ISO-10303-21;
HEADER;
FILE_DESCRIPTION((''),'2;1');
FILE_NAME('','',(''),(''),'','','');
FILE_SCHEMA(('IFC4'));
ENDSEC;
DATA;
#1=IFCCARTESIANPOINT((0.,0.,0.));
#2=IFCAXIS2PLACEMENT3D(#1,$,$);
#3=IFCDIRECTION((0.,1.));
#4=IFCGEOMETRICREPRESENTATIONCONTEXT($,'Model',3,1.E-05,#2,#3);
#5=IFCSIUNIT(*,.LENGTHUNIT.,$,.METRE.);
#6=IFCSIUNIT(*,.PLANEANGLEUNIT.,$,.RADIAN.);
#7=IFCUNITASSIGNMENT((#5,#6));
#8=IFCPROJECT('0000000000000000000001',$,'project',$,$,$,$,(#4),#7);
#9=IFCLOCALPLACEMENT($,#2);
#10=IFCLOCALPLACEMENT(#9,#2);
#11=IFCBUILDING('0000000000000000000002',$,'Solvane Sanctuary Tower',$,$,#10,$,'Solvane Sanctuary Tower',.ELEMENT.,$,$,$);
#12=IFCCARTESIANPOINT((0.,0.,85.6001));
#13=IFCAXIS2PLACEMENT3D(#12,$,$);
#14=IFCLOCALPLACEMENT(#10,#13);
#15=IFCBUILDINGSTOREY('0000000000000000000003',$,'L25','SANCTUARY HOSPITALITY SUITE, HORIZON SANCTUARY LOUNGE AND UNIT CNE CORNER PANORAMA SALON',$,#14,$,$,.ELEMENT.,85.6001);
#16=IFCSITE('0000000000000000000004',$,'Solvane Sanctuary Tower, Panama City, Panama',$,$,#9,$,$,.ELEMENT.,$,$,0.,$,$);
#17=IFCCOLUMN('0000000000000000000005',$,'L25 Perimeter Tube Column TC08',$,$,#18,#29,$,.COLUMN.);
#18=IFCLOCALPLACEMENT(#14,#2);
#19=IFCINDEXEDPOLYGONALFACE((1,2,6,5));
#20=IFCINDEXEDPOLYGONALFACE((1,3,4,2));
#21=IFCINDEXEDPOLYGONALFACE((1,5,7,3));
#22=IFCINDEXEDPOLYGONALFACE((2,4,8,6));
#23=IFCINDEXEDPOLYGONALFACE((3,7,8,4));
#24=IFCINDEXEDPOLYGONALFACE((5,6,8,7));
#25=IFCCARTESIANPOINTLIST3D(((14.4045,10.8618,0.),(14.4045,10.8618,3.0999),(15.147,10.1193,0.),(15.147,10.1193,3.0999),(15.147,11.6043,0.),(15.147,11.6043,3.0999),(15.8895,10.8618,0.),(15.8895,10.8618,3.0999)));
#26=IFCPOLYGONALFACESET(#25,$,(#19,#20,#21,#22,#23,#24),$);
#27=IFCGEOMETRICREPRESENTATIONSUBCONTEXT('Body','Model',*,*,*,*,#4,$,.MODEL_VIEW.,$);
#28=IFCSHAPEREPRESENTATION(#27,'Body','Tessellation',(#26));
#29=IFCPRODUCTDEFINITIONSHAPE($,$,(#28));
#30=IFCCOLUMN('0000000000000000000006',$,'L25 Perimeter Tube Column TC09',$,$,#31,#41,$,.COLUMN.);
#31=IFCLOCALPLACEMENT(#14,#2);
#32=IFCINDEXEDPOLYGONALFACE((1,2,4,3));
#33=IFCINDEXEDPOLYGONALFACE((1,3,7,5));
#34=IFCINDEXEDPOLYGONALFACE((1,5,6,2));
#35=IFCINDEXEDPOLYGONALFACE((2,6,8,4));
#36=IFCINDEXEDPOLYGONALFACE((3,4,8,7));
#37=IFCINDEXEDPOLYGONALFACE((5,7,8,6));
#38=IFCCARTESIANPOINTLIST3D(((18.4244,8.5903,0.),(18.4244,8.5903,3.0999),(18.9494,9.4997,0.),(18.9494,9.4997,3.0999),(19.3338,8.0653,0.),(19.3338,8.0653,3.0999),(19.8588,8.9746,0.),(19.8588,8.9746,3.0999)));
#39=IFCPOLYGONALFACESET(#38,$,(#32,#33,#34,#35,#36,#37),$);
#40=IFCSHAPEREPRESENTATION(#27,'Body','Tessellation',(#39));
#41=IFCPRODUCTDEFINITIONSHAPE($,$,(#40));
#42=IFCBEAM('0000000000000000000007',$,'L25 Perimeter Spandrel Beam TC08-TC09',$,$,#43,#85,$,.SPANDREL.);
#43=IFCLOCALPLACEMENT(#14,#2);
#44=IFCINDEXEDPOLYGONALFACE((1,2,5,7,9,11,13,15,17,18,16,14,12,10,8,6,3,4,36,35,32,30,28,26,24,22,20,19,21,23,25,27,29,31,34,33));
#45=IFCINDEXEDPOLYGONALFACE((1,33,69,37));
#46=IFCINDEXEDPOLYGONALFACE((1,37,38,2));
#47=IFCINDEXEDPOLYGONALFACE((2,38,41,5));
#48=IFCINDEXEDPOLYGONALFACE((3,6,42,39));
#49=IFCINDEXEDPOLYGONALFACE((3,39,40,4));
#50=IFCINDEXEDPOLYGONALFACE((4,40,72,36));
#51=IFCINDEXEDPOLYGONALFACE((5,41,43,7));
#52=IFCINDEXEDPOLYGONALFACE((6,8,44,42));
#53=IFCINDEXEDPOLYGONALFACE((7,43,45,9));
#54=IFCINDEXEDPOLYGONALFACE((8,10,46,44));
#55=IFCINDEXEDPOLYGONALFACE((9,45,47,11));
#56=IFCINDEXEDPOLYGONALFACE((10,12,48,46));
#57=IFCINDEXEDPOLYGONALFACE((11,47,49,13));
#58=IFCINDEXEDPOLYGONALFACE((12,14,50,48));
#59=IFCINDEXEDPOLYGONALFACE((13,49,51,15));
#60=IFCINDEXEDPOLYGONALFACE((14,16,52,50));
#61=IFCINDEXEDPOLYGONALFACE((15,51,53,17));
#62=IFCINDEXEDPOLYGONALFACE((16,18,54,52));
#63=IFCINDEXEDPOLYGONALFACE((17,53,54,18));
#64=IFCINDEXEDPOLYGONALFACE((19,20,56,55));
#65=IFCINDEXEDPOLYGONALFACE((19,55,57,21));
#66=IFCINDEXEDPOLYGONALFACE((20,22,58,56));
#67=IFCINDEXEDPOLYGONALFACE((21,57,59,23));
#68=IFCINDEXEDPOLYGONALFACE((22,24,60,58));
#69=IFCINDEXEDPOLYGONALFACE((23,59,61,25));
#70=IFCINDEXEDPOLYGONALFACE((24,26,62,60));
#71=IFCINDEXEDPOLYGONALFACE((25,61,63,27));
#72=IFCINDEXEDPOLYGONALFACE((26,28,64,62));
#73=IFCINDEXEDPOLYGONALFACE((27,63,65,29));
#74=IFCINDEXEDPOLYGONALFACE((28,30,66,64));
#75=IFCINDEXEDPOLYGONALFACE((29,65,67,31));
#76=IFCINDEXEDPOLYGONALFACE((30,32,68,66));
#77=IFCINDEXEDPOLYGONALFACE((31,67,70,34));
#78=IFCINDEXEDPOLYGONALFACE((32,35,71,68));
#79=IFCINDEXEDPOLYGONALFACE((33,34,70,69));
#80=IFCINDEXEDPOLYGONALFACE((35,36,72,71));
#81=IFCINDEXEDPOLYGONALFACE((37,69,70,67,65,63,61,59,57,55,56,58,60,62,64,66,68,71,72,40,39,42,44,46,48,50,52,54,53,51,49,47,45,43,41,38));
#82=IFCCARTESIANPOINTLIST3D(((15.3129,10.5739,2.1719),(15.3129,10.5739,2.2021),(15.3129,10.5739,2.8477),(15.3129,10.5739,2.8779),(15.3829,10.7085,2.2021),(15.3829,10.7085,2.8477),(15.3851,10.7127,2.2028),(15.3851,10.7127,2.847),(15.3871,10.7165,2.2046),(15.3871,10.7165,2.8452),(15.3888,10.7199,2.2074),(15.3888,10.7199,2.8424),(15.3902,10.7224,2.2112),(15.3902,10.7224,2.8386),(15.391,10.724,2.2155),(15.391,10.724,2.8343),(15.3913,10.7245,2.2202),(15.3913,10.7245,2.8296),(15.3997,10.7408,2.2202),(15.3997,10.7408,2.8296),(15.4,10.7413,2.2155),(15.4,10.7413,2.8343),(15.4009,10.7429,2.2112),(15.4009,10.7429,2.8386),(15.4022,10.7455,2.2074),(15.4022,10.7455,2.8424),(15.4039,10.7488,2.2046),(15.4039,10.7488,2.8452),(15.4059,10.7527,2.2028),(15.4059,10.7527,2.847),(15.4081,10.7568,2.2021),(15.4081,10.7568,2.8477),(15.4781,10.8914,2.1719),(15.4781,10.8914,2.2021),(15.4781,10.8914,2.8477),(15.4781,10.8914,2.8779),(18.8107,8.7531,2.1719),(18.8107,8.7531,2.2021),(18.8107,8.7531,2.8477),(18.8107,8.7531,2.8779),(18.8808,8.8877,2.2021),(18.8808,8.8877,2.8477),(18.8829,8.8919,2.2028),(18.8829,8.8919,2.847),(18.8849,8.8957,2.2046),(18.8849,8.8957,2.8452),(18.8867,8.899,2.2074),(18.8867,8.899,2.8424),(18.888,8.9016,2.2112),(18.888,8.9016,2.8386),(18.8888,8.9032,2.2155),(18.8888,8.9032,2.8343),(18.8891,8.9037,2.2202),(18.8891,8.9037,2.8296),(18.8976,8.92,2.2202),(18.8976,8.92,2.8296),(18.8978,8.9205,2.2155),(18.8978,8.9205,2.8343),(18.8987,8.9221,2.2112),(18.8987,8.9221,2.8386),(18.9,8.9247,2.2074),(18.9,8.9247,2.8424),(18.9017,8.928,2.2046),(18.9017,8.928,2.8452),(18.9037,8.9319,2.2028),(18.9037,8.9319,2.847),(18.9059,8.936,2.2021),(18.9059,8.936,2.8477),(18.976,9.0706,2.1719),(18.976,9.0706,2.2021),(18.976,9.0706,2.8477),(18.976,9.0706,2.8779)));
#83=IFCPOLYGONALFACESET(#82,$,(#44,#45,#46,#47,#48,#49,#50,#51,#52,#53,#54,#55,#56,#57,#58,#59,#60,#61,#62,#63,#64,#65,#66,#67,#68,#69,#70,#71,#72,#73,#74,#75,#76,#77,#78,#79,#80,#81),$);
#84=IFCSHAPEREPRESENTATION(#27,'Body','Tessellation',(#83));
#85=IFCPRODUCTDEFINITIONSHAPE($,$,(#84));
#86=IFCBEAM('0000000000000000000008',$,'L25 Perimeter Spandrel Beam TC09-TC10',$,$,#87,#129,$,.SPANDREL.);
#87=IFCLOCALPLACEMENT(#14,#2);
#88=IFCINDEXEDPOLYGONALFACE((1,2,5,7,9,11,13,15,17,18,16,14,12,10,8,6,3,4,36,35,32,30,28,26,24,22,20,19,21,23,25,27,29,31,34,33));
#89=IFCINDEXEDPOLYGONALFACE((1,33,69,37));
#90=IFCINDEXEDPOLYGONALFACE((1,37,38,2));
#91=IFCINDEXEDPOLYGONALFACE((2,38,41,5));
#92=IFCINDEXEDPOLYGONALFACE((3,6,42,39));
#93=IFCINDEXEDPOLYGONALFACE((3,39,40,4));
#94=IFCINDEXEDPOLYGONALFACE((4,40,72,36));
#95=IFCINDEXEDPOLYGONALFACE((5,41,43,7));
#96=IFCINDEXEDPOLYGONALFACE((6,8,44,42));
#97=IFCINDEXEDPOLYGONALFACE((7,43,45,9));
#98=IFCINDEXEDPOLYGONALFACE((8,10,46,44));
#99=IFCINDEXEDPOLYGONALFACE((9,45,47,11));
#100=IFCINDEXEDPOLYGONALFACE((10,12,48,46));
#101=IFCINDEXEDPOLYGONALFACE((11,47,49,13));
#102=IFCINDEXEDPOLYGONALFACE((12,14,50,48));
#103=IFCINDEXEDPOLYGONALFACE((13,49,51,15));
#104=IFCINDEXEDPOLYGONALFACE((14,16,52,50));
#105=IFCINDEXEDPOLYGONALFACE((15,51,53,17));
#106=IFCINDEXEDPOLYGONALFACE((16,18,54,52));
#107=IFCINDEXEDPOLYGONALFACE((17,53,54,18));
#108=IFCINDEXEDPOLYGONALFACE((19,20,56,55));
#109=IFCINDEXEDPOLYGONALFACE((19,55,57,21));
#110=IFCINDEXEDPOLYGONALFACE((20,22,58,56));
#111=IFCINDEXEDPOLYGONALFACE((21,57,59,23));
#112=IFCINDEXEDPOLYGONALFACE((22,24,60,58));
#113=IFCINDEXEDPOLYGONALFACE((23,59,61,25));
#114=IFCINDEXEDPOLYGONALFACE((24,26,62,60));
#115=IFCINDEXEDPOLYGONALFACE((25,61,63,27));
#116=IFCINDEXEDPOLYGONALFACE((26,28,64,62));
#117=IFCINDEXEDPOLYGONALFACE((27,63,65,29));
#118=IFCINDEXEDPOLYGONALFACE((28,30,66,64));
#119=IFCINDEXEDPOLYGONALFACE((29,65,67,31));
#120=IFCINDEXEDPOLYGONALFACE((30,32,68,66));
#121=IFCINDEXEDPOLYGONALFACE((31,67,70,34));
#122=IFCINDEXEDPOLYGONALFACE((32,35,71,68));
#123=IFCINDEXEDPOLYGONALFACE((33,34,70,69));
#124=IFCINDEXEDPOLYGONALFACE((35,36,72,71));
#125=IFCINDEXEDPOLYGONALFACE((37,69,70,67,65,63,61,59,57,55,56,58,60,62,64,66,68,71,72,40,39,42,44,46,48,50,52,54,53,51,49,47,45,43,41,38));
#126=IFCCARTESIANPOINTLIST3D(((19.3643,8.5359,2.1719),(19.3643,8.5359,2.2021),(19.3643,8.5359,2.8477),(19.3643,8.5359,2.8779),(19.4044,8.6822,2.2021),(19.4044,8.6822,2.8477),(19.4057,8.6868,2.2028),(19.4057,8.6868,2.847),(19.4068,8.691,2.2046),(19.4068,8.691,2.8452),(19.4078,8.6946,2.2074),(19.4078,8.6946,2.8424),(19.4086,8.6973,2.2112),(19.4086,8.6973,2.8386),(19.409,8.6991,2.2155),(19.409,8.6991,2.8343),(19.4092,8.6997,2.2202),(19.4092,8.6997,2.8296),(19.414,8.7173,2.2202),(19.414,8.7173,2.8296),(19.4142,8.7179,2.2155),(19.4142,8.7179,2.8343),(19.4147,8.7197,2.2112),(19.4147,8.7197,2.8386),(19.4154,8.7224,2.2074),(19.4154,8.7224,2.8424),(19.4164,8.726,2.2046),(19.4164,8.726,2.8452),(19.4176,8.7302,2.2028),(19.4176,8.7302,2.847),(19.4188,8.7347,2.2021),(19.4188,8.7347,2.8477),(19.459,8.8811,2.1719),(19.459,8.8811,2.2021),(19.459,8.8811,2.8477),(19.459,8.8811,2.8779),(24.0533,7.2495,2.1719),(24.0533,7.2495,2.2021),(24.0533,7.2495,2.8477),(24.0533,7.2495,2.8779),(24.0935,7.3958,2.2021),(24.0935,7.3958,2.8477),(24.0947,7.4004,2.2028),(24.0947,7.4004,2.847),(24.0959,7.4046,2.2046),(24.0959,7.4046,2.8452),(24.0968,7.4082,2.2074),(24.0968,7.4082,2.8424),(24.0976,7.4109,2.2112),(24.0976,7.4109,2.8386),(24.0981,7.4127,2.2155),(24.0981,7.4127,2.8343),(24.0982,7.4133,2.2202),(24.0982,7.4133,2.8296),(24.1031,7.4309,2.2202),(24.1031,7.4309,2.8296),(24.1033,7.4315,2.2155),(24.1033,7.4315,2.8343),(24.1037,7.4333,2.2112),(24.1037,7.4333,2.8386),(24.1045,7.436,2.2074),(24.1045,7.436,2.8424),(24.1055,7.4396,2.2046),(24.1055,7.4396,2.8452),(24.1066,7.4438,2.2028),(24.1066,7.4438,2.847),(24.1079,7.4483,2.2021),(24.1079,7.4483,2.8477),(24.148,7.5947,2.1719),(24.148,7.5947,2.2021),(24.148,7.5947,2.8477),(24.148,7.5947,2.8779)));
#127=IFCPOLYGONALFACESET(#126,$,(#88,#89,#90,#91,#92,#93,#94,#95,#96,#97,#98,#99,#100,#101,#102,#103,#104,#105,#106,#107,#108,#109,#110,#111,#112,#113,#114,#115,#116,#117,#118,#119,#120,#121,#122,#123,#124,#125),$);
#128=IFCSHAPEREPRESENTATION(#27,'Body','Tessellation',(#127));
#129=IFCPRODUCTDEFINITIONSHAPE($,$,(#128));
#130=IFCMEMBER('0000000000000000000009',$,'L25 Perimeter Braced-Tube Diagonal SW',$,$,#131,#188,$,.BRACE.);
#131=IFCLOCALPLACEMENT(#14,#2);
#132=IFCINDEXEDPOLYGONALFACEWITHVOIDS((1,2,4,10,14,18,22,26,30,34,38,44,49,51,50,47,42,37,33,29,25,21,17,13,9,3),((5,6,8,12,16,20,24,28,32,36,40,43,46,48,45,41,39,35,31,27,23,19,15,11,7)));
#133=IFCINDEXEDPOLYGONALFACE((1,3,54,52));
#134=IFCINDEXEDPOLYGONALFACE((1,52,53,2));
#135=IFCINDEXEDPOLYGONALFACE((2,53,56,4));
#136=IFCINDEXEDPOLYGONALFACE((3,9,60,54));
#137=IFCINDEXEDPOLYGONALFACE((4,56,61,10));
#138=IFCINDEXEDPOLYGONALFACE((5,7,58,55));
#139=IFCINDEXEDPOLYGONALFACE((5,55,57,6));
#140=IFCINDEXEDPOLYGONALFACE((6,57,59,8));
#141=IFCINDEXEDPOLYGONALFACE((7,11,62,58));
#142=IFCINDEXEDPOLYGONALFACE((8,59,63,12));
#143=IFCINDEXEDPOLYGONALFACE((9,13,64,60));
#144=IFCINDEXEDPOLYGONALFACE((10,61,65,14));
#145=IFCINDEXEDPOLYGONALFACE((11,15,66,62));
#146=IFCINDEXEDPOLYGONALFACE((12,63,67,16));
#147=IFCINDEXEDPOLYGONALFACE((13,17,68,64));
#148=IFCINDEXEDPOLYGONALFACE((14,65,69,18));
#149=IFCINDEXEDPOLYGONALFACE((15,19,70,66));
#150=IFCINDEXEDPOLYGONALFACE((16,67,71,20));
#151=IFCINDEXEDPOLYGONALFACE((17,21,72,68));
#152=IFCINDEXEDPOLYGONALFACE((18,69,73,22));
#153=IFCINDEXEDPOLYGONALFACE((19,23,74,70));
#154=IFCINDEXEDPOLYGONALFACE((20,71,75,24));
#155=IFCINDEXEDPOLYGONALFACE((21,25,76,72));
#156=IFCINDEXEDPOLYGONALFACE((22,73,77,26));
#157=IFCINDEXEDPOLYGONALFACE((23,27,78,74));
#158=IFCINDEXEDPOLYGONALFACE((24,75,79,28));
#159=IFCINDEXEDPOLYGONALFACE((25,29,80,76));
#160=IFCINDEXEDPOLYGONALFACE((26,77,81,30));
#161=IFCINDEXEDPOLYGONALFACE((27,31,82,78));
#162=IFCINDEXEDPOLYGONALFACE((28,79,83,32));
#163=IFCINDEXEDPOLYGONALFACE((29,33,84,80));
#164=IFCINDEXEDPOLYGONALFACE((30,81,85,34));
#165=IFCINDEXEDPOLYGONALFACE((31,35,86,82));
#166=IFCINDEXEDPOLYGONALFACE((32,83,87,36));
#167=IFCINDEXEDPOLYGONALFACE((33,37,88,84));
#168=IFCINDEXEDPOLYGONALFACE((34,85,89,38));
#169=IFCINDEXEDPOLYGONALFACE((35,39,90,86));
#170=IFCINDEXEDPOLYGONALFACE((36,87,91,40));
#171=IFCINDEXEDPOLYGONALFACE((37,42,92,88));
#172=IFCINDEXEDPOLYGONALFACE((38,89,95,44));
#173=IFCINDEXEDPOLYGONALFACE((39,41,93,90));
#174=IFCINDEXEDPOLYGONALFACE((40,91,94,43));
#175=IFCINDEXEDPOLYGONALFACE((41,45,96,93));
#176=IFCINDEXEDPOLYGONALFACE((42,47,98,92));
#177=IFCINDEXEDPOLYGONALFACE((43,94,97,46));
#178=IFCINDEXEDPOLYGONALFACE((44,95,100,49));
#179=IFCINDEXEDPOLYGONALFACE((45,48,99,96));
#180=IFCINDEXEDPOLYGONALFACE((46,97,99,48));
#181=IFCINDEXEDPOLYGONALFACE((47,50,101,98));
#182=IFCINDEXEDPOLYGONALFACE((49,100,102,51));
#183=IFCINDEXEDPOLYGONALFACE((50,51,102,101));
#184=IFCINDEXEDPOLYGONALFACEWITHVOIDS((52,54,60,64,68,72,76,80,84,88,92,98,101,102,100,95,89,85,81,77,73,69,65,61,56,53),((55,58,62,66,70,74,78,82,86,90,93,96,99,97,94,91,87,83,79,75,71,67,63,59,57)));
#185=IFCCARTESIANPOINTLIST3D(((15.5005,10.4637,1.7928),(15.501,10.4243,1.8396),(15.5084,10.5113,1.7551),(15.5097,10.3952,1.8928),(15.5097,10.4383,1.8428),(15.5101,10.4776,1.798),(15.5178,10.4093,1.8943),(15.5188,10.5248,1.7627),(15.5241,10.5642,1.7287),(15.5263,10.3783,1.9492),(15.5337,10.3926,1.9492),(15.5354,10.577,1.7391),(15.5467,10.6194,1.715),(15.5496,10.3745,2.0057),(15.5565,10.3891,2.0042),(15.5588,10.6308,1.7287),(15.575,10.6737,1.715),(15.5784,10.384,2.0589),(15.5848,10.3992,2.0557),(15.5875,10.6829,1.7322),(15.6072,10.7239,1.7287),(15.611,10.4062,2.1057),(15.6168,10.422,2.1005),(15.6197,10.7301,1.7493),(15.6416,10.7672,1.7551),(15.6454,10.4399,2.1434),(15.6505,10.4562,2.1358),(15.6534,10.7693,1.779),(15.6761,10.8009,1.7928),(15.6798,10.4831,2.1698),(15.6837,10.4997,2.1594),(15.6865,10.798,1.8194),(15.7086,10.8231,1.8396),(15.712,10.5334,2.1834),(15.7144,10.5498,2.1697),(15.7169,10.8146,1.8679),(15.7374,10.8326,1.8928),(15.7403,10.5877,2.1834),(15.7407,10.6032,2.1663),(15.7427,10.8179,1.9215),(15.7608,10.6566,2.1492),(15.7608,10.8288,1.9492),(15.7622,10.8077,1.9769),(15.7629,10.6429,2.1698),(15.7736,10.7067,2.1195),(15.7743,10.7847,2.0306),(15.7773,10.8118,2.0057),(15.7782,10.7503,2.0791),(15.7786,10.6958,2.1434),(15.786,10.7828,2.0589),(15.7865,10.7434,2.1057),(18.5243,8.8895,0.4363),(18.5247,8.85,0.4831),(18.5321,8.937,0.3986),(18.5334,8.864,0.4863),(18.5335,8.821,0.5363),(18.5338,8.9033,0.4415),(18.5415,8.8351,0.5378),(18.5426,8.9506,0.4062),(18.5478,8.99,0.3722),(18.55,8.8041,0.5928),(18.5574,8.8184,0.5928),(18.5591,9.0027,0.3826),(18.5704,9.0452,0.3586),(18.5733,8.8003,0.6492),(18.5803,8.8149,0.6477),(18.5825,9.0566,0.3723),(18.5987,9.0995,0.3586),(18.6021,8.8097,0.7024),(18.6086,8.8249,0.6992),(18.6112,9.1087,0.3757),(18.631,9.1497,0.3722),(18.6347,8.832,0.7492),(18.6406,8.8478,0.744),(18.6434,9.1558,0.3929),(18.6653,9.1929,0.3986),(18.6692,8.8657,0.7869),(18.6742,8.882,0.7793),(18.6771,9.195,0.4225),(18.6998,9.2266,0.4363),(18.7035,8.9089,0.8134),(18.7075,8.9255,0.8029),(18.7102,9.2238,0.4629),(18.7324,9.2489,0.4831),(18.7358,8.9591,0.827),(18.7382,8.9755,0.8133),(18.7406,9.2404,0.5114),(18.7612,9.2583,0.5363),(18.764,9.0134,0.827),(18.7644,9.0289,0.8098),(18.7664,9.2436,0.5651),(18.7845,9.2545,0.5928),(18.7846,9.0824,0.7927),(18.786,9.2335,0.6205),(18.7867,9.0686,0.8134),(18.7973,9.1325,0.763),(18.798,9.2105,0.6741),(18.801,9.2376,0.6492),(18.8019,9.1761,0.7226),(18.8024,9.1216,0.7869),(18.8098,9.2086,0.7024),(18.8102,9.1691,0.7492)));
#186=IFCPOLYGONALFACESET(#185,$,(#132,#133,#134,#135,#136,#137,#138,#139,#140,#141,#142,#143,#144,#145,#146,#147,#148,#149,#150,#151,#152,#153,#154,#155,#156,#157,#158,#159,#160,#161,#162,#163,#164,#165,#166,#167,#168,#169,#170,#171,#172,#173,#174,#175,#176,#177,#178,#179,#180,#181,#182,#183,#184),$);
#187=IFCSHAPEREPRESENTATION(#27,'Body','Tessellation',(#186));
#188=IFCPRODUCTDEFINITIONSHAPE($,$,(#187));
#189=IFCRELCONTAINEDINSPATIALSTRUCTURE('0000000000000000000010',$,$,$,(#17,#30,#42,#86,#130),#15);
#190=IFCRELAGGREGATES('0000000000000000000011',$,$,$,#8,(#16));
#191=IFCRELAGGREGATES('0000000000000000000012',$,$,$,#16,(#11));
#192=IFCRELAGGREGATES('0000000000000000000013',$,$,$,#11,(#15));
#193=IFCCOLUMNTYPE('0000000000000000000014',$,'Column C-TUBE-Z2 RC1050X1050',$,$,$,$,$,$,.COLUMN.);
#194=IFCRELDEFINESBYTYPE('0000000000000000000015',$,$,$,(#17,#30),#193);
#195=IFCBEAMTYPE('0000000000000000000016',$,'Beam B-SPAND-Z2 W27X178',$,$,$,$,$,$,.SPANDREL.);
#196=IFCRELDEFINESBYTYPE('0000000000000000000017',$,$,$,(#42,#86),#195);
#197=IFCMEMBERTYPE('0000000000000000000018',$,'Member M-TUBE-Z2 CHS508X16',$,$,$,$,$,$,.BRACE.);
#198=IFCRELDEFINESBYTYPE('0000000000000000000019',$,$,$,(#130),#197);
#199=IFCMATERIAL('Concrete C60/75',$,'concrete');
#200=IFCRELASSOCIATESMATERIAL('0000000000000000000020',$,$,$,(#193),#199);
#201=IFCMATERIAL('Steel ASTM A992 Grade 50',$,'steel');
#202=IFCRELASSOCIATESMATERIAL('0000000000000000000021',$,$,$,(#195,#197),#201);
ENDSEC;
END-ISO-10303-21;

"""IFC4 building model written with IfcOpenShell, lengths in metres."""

from ifc_helpers import new_model, si_unit, direction, frame, origin, origin_2d, place, context, subcontext, project, spatial, rectangle, hollow_circle, i_section, extrude, material, material_profile, profile_set, type_object, element, save


model = new_model("IFC4")

# Units and contexts
model_context = context("Model", 3, precision=1e-05, world=origin(), true_north=direction((0.0, 1.0)))
body_context = subcontext(model_context, "Body", "Model", "MODEL_VIEW")
ifc_project = project(units=[si_unit("LENGTHUNIT", "METRE"), si_unit("PLANEANGLEUNIT", "RADIAN")], contexts=[model_context])

# Site, building, storey
site_placement = place(None, origin())
site = spatial("IfcSite", under=ifc_project, at=site_placement, Name="Solvane Sanctuary Tower, Panama City, Panama", CompositionType="ELEMENT", RefElevation=0.0)
building_placement = place(site_placement, origin())
building = spatial("IfcBuilding", under=site, at=building_placement, Name="Solvane Sanctuary Tower", LongName="Solvane Sanctuary Tower", CompositionType="ELEMENT")
storey_placement = place(building_placement, frame((0.0, 0.0, 85.6001)))
storey = spatial("IfcBuildingStorey", under=building, at=storey_placement, Name="L25", Description="SANCTUARY HOSPITALITY SUITE, HORIZON SANCTUARY LOUNGE AND UNIT CNE CORNER PANORAMA SALON", CompositionType="ELEMENT", Elevation=85.6001)

# Columns
ifc_material_1 = material(Name="Concrete C60/75", Category="concrete")
ifc_material_profile_1 = material_profile(ifc_material_1, rectangle(XDim=1.05, YDim=1.05, at=origin_2d()), Name="RC1050X1050")
ifc_profile_set_1 = profile_set([ifc_material_profile_1], Name="Concrete C60/75")
column_type = type_object("IfcColumnType", Name="Column C-TUBE-Z2 RC1050X1050", PredefinedType="COLUMN", material=ifc_profile_set_1)
for number, where, z_axis, x_axis, name in (
    (1, (15.147, 10.8618, 0.0), (0.0, 0.0, 1.0), (-0.707107, -0.707107, 0.0), "L25 Perimeter Tube Column TC08"),
    (2, (19.1416, 8.7825, 0.0), (0.0, 0.0, 1.0), (-0.5, -0.866025, 0.0), "L25 Perimeter Tube Column TC09"),
):
    element("IfcColumn", number, at=place(storey_placement, frame(where, z_axis=z_axis, x_axis=x_axis)), inside=storey, type_object=column_type, Name=name, PredefinedType="COLUMN", context=body_context, shape_type="SweptSolid", body=[
        extrude(rectangle(XDim=1.05, YDim=1.05, at=origin_2d()), origin(), (0.0, 0.0, 1.0), 3.0999),
    ])

# Beams
ifc_material_2 = material(Name="Steel ASTM A992 Grade 50", Category="steel")
ifc_material_profile_2 = material_profile(ifc_material_2, i_section(OverallWidth=0.3579, OverallDepth=0.7061, WebThickness=0.0183, FlangeThickness=0.0303, FilletRadius=0.0181, at=origin_2d()), Name="W27X178")
ifc_profile_set_2 = profile_set([ifc_material_profile_2], Name="Steel ASTM A992 Grade 50")
beam_type = type_object("IfcBeamType", Name="Beam B-SPAND-Z2 W27X178", PredefinedType="SPANDREL", material=ifc_profile_set_2)
beam_1_placement = place(storey_placement, frame((15.3955, 10.7327, 2.5249), z_axis=(0.887015, -0.461741, 0.0), x_axis=(0.461741, 0.887015, 0.0)))
element("IfcBeam", 3, at=beam_1_placement, inside=storey, type_object=beam_type, Name="L25 Perimeter Spandrel Beam TC08-TC09", PredefinedType="SPANDREL", context=body_context, shape_type="SweptSolid", body=[
    extrude(i_section(OverallWidth=0.3579, OverallDepth=0.7061, WebThickness=0.0183, FlangeThickness=0.0303, FilletRadius=0.0181, at=origin_2d()), origin(), (0.0, 0.0, 1.0), 3.9434),
])
beam_2_placement = place(storey_placement, frame((19.4116, 8.7085, 2.5249), z_axis=(0.964368, -0.264566, 0.0), x_axis=(0.264566, 0.964368, 0.0)))
element("IfcBeam", 4, at=beam_2_placement, inside=storey, type_object=beam_type, Name="L25 Perimeter Spandrel Beam TC09-TC10", PredefinedType="SPANDREL", context=body_context, shape_type="SweptSolid", body=[
    extrude(i_section(OverallWidth=0.3579, OverallDepth=0.7061, WebThickness=0.0183, FlangeThickness=0.0303, FilletRadius=0.0181, at=origin_2d()), origin(), (0.0, 0.0, 1.0), 4.8623),
])

# Member
ifc_material_profile_3 = material_profile(ifc_material_2, hollow_circle(Radius=0.2539, WallThickness=0.0161, at=origin_2d()), Name="CHS508X16")
ifc_profile_set_3 = profile_set([ifc_material_profile_3], Name="Steel ASTM A992 Grade 50")
member_type = type_object("IfcMemberType", Name="Member M-TUBE-Z2 CHS508X16", PredefinedType="BRACE", material=ifc_profile_set_3)
member_placement = place(storey_placement, frame((18.6672, 9.0293, 0.5928), z_axis=(-0.824141, 0.429072, 0.369715), x_axis=(-0.461792, -0.886988, 0.0)))
element("IfcMember", 5, at=member_placement, inside=storey, type_object=member_type, Name="L25 Perimeter Braced-Tube Diagonal SW", PredefinedType="BRACE", context=body_context, shape_type="SweptSolid", body=[
    extrude(hollow_circle(Radius=0.2539, WallThickness=0.0161, at=origin_2d()), origin(), (0.0, 0.0, 1.0), 3.6689),
])

save(model, "model.ifc")
